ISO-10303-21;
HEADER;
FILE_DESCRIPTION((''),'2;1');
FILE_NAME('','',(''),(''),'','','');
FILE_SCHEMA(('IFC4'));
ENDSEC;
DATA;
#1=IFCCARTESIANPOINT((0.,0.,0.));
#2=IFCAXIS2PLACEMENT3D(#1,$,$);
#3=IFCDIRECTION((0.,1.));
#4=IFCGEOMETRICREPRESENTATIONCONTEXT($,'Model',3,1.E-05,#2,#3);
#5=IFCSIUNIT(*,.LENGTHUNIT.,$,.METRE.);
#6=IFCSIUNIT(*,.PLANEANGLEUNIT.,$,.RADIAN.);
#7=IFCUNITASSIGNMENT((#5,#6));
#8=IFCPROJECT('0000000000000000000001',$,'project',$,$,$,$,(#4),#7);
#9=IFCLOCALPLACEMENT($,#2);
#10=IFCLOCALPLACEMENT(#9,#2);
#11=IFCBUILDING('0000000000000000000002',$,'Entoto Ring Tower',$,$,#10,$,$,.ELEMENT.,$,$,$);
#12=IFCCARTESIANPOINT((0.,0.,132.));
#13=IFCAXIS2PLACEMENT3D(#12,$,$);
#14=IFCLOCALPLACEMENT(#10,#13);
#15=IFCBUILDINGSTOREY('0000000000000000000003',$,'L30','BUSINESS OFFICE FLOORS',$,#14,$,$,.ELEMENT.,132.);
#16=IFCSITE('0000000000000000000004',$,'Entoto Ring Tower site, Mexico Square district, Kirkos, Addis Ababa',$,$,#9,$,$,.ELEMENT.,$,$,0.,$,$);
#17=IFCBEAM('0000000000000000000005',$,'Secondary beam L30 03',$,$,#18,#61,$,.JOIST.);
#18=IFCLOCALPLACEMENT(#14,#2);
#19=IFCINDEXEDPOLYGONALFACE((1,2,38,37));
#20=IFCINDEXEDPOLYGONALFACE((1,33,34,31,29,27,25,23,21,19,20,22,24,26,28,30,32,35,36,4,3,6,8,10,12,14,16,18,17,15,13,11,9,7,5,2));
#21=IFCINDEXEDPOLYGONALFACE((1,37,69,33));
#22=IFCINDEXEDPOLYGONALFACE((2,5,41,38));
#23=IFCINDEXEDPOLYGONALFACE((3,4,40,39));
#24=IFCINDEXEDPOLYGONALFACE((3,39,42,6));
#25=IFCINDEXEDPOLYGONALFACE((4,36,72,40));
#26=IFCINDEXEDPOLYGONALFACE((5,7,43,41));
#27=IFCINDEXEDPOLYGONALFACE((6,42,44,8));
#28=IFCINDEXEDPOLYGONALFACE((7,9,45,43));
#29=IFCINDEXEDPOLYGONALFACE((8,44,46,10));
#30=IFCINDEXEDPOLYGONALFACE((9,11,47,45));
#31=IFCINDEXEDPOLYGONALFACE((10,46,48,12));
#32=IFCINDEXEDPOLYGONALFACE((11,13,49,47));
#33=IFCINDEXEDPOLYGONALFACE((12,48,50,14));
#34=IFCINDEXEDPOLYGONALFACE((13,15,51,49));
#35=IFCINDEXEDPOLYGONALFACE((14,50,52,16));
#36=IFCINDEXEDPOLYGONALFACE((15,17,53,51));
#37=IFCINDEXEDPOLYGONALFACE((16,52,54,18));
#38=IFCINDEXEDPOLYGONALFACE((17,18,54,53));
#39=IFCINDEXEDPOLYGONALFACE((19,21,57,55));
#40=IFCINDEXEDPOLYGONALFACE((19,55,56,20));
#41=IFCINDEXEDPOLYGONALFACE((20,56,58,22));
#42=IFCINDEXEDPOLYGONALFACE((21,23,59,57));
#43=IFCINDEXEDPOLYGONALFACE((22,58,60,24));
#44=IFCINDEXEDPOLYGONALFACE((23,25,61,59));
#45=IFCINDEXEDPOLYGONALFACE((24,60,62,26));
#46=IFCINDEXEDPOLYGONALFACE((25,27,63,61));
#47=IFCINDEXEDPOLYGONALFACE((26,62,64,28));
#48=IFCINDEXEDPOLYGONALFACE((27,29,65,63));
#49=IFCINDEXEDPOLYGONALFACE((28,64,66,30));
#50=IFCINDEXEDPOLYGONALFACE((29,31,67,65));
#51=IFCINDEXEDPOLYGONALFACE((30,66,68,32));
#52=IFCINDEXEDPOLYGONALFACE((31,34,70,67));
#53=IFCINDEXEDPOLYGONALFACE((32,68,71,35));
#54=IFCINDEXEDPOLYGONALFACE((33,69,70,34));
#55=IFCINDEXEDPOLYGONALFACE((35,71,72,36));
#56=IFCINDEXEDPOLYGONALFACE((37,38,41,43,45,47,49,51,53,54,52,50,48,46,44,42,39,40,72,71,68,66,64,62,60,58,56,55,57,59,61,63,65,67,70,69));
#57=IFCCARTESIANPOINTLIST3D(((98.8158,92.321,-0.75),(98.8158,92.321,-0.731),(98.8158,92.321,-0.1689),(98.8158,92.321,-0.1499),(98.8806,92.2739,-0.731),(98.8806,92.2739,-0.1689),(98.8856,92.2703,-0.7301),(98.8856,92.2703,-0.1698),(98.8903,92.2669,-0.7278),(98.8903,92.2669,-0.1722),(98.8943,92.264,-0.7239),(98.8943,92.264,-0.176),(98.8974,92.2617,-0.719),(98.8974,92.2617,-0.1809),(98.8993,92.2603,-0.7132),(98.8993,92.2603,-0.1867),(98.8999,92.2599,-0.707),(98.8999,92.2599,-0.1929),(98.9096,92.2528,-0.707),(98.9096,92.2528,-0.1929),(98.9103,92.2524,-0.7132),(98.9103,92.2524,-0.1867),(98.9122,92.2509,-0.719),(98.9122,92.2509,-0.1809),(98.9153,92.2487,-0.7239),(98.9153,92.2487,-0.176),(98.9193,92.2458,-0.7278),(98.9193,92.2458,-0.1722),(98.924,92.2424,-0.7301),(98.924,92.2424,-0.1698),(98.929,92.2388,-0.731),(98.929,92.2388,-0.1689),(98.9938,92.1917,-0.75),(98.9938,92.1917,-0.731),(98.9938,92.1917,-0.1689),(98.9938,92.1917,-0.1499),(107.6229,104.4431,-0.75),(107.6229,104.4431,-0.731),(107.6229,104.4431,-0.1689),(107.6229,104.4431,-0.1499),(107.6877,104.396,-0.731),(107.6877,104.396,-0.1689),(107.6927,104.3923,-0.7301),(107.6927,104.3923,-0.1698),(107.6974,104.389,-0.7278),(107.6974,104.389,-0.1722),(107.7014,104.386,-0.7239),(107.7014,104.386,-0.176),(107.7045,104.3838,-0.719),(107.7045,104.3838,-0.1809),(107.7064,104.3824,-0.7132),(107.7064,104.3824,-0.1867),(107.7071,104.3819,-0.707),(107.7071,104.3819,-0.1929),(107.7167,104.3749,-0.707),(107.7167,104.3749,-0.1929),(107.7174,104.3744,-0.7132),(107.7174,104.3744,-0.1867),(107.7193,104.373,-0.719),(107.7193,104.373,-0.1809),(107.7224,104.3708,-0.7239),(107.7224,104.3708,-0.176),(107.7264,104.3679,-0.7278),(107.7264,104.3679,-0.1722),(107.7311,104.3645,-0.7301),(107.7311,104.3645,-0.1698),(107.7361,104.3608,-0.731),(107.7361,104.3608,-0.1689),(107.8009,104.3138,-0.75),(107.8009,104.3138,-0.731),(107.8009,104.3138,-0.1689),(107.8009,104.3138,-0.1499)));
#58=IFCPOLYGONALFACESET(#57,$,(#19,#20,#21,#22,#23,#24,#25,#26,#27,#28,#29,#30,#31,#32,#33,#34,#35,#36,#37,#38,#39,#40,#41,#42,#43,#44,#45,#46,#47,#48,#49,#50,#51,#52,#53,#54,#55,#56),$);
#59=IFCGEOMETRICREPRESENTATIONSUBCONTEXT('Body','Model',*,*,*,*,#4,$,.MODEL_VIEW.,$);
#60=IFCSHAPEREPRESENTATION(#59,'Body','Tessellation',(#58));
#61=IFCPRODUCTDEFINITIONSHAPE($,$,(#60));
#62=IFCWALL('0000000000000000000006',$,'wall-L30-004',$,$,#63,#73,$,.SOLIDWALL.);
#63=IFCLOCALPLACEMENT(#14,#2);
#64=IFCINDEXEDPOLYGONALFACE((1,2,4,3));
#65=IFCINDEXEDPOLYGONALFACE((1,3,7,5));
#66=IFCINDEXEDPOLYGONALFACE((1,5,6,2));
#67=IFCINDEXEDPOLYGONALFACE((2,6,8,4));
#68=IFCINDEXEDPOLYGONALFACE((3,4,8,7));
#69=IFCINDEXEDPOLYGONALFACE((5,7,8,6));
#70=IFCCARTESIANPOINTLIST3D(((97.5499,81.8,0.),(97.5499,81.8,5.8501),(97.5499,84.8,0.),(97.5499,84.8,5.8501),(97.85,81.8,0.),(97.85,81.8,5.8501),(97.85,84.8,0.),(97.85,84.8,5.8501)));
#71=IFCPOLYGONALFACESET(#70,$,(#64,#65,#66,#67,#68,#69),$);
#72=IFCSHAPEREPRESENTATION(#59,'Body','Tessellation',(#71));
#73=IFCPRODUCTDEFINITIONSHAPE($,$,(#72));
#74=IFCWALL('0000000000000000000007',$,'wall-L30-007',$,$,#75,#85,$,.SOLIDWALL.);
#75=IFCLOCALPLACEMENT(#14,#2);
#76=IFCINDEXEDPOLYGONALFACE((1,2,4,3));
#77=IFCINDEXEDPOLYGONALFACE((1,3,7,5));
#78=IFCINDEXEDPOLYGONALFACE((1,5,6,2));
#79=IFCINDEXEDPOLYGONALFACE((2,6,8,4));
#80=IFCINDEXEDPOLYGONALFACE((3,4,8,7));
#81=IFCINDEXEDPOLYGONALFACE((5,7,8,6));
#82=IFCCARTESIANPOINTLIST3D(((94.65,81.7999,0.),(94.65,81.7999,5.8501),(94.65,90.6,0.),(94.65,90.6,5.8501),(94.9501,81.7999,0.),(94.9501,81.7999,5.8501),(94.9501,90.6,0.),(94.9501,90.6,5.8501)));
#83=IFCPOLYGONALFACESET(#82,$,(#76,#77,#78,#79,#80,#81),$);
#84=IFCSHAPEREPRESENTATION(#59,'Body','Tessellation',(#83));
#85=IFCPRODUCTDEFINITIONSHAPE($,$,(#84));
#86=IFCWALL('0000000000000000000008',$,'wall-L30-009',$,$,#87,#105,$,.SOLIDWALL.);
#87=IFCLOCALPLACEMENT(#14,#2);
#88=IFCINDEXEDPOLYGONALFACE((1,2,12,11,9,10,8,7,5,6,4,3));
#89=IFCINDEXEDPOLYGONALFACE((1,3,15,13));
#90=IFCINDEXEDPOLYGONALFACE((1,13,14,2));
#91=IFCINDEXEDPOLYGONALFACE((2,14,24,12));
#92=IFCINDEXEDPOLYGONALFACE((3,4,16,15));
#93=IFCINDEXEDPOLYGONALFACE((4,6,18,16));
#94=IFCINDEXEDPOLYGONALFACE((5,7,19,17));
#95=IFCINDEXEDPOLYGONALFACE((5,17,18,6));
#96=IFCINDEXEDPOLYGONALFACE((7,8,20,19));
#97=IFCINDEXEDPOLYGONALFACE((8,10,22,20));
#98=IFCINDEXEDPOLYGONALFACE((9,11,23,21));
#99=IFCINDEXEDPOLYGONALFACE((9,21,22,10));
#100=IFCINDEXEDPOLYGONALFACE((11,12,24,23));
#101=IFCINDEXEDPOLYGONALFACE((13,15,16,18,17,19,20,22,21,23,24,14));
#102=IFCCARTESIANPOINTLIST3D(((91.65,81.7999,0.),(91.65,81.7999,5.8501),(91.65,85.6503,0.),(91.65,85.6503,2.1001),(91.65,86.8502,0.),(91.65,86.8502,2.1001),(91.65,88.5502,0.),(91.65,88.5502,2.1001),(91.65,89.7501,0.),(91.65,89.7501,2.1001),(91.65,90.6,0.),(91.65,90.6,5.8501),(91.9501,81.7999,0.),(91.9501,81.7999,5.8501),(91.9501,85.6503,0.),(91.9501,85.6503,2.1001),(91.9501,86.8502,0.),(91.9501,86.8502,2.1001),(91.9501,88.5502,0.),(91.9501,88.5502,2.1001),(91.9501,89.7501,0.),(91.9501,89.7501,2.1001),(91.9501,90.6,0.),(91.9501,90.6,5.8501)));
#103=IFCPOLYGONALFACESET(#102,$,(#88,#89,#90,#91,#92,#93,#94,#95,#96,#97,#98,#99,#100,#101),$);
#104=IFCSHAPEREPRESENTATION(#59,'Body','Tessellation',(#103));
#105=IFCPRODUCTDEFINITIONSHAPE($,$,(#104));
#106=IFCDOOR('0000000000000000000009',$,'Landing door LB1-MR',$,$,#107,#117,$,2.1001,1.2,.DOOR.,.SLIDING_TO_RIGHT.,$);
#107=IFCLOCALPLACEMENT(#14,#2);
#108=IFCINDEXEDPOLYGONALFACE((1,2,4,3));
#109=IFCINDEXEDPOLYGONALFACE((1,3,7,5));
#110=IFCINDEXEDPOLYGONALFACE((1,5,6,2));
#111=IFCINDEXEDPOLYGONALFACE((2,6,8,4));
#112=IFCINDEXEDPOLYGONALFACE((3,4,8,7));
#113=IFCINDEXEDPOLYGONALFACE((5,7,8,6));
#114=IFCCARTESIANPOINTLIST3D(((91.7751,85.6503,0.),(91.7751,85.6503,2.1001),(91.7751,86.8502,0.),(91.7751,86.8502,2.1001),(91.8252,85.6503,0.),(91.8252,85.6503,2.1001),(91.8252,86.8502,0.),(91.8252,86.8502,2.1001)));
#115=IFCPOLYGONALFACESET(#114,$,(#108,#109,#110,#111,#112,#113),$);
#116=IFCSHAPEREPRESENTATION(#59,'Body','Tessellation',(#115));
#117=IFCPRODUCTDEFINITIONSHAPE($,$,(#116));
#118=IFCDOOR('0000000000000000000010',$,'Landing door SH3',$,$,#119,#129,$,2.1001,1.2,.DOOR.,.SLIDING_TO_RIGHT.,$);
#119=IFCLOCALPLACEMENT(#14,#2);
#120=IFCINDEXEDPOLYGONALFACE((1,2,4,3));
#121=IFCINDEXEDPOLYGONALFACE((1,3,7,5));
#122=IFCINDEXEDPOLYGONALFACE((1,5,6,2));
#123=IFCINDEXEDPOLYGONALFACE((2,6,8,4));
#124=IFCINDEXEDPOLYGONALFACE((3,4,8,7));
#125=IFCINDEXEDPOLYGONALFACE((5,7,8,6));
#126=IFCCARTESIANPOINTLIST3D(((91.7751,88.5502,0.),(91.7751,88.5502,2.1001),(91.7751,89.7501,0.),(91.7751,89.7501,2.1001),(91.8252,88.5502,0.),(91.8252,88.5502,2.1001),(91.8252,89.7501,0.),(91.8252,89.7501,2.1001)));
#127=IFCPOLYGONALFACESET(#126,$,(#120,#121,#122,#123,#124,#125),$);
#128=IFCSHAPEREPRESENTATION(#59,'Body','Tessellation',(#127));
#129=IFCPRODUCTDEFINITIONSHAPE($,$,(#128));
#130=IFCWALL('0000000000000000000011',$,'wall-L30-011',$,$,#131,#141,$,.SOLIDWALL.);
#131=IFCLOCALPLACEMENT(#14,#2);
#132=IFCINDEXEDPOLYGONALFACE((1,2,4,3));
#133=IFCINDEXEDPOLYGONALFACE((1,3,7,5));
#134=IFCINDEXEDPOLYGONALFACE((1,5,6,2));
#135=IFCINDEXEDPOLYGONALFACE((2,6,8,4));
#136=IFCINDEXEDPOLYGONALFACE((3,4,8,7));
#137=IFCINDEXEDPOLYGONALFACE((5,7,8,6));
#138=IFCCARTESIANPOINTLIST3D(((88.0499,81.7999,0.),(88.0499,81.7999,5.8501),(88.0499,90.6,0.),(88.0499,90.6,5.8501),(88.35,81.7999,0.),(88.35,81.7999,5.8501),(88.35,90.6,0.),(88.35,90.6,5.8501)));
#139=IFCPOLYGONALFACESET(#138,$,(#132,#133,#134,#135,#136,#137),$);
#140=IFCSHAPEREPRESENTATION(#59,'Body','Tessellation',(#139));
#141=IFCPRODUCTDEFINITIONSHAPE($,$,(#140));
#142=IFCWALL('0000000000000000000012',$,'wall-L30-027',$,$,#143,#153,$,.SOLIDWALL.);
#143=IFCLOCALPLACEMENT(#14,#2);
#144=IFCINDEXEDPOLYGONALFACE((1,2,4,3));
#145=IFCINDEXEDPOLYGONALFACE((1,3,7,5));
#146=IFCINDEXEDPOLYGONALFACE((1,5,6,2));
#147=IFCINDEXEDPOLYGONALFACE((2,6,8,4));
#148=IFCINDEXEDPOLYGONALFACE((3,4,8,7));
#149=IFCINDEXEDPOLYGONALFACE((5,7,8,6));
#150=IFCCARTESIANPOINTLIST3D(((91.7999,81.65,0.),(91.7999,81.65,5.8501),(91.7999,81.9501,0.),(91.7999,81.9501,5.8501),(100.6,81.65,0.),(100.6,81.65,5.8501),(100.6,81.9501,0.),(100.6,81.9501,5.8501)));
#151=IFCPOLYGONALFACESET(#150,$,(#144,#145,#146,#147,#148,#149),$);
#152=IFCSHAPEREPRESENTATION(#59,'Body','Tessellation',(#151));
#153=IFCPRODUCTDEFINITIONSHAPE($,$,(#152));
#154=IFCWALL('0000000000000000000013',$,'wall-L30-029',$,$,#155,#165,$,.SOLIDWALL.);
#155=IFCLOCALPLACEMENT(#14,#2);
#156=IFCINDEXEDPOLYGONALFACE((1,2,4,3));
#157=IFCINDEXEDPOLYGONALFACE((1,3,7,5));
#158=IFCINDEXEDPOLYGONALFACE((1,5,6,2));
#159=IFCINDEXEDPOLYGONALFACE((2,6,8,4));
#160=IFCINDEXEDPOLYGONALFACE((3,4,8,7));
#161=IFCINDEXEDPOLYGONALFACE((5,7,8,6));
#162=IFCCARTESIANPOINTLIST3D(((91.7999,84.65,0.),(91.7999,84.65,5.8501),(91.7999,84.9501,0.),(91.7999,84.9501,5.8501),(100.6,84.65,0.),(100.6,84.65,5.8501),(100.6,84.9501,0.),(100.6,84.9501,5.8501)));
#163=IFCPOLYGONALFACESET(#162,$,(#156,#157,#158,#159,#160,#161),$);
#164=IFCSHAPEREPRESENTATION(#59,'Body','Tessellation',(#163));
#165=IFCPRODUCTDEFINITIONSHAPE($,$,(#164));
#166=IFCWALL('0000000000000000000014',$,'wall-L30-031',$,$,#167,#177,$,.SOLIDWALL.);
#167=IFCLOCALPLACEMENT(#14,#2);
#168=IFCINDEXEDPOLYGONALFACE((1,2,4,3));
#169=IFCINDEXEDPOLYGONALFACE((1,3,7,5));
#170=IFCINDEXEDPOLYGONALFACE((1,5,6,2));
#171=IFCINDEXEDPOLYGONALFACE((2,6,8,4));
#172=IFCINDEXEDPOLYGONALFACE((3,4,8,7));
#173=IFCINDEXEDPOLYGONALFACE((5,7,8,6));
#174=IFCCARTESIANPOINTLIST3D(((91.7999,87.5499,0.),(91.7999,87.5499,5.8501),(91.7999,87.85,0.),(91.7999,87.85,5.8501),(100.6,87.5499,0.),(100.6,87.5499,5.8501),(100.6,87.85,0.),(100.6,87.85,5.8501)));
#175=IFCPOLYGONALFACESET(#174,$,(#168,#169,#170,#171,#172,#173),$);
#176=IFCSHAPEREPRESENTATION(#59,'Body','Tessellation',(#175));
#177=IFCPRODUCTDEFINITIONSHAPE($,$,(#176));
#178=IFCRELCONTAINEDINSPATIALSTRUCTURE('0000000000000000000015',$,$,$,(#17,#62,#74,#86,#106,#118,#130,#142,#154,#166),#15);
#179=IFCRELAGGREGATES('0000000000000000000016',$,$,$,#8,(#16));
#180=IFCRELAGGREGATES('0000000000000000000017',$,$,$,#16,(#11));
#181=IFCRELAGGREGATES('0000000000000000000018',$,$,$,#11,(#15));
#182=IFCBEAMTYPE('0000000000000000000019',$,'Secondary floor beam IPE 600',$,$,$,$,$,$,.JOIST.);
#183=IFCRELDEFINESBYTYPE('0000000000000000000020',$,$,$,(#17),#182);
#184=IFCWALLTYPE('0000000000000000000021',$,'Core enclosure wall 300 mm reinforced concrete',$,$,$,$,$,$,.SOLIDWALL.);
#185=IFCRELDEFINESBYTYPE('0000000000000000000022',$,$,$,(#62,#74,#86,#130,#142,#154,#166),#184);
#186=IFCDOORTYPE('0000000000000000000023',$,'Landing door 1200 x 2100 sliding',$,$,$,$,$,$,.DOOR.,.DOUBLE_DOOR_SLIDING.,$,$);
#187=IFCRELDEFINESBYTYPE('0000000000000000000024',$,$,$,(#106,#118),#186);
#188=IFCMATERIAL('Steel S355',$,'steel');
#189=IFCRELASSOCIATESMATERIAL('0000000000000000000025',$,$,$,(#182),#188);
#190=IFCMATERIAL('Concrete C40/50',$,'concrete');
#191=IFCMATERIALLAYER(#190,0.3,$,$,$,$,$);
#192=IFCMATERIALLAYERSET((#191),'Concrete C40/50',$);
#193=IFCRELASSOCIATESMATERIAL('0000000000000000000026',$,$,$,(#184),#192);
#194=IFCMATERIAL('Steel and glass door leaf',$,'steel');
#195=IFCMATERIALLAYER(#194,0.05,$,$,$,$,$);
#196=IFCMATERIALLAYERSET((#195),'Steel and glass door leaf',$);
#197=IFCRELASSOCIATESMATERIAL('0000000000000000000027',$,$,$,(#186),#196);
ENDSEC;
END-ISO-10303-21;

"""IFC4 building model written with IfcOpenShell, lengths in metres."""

from ifc_helpers import new_model, si_unit, direction, frame, frame_2d, origin, origin_2d, place, context, subcontext, project, spatial, rectangle, i_section, extrude, material, layer, layer_set, material_profile, profile_set, type_object, element, fill, save


model = new_model("IFC4")

# Units and contexts
model_context = context("Model", 3, precision=1e-05, world=origin(), true_north=direction((0.0, 1.0)))
body_context = subcontext(model_context, "Body", "Model", "MODEL_VIEW")
ifc_project = project(units=[si_unit("LENGTHUNIT", "METRE"), si_unit("PLANEANGLEUNIT", "RADIAN")], contexts=[model_context])

# Site, building, storey
site_placement = place(None, origin())
site = spatial("IfcSite", under=ifc_project, at=site_placement, Name="Entoto Ring Tower site, Mexico Square district, Kirkos, Addis Ababa", CompositionType="ELEMENT", RefElevation=0.0)
building_placement = place(site_placement, origin())
building = spatial("IfcBuilding", under=site, at=building_placement, Name="Entoto Ring Tower", CompositionType="ELEMENT")
storey_placement = place(building_placement, frame((0.0, 0.0, 132.0)))
storey = spatial("IfcBuildingStorey", under=building, at=storey_placement, Name="L30", Description="BUSINESS OFFICE FLOORS", CompositionType="ELEMENT", Elevation=132.0)

# Beam
ifc_material_1 = material(Name="Steel S355", Category="steel")
ifc_material_profile = material_profile(ifc_material_1, i_section(OverallWidth=0.22, OverallDepth=0.6001, WebThickness=0.012, FlangeThickness=0.019, FilletRadius=0.0239, at=origin_2d()), Name="IPE 600")
ifc_profile_set = profile_set([ifc_material_profile], Name="Steel S355")
beam_type = type_object("IfcBeamType", Name="Secondary floor beam IPE 600", PredefinedType="JOIST", material=ifc_profile_set)
beam_placement = place(storey_placement, frame((98.9048, 92.2563, -0.45), z_axis=(0.587782, 0.809019, 0.0), x_axis=(-0.809019, 0.587782, 0.0)))
element("IfcBeam", 1, at=beam_placement, inside=storey, type_object=beam_type, Name="Secondary beam L30 03", PredefinedType="JOIST", context=body_context, shape_type="SweptSolid", body=[
    extrude(i_section(OverallWidth=0.22, OverallDepth=0.6001, WebThickness=0.012, FlangeThickness=0.019, FilletRadius=0.0239, at=origin_2d()), origin(), (0.0, 0.0, 1.0), 14.9836),
])

# Walls
ifc_material_2 = material(Name="Concrete C40/50", Category="concrete")
ifc_layer_1 = layer(ifc_material_2, 0.3)
ifc_layer_set_1 = layer_set([ifc_layer_1], Name="Concrete C40/50")
wall_type = type_object("IfcWallType", Name="Core enclosure wall 300 mm reinforced concrete", PredefinedType="SOLIDWALL", material=ifc_layer_set_1)
wall_1_placement = place(storey_placement, frame((97.7, 81.8, 0.0), z_axis=(0.0, 0.0, 1.0), x_axis=(0.0, 1.0, 0.0)))
element("IfcWall", 2, at=wall_1_placement, inside=storey, type_object=wall_type, Name="wall-L30-004", PredefinedType="SOLIDWALL", context=body_context, shape_type="SweptSolid", body=[
    extrude(rectangle(XDim=3.0, YDim=0.3, at=frame_2d((1.5, 0.0))), origin(), (0.0, 0.0, 1.0), 5.8501),
])
wall_2_placement = place(storey_placement, frame((94.8, 81.8, 0.0), z_axis=(0.0, 0.0, 1.0), x_axis=(0.0, 1.0, 0.0)))
element("IfcWall", 3, at=wall_2_placement, inside=storey, type_object=wall_type, Name="wall-L30-007", PredefinedType="SOLIDWALL", context=body_context, shape_type="SweptSolid", body=[
    extrude(rectangle(XDim=8.8, YDim=0.3, at=frame_2d((4.3999, 0.0))), origin(), (0.0, 0.0, 1.0), 5.8501),
])

# Wall, openings, doors
wall_3_placement = place(storey_placement, frame((91.8, 81.8, 0.0), z_axis=(0.0, 0.0, 1.0), x_axis=(0.0, 1.0, 0.0)))
wall_3 = element("IfcWall", 4, at=wall_3_placement, inside=storey, type_object=wall_type, Name="wall-L30-009", PredefinedType="SOLIDWALL", context=body_context, shape_type="SweptSolid", body=[
    extrude(rectangle(XDim=8.8, YDim=0.3, at=frame_2d((4.3999, 0.0))), origin(), (0.0, 0.0, 1.0), 5.8501),
])
opening_1_placement = place(wall_3_placement, frame((3.8501, 0.0, 0.0)))
opening_1 = element("IfcOpeningElement", 5, at=opening_1_placement, cuts=wall_3, PredefinedType="OPENING", context=body_context, shape_type="SweptSolid", body=[
    extrude(rectangle(XDim=1.2, YDim=2.1001, at=frame_2d((0.6001, 1.05))), frame((0.0, 0.1602, 0.0), z_axis=(0.0, -1.0, 0.0), x_axis=(1.0, 0.0, 0.0)), (0.0, 0.0, 1.0), 0.3201),
])
opening_2_placement = place(wall_3_placement, frame((6.75, 0.0, 0.0)))
opening_2 = element("IfcOpeningElement", 6, at=opening_2_placement, cuts=wall_3, PredefinedType="OPENING", context=body_context, shape_type="SweptSolid", body=[
    extrude(rectangle(XDim=1.2, YDim=2.1001, at=frame_2d((0.6001, 1.05))), frame((0.0, 0.1602, 0.0), z_axis=(0.0, -1.0, 0.0), x_axis=(1.0, 0.0, 0.0)), (0.0, 0.0, 1.0), 0.3201),
])
ifc_material_3 = material(Name="Steel and glass door leaf", Category="steel")
ifc_layer_2 = layer(ifc_material_3, 0.05)
ifc_layer_set_2 = layer_set([ifc_layer_2], Name="Steel and glass door leaf")
door_type_1 = type_object("IfcDoorType", Name="Landing door 1200 x 2100 sliding", OperationType="DOUBLE_DOOR_SLIDING", PredefinedType="DOOR", material=ifc_layer_set_2)
door_1_placement = place(opening_1_placement, origin())
door_1 = element("IfcDoor", 7, at=door_1_placement, inside=storey, type_object=door_type_1, Name="Landing door LB1-MR", OperationType="SLIDING_TO_RIGHT", OverallHeight=2.1001, OverallWidth=1.2, PredefinedType="DOOR", context=body_context, shape_type="SweptSolid", body=[
    extrude(rectangle(XDim=1.2, YDim=2.1001, at=frame_2d((0.6001, 1.05))), frame((0.0, 0.0249, 0.0), z_axis=(0.0, -1.0, 0.0), x_axis=(1.0, 0.0, 0.0)), (0.0, 0.0, 1.0), 0.05),
])
fill(opening_1, door_1)
door_2_placement = place(opening_2_placement, origin())
door_2 = element("IfcDoor", 8, at=door_2_placement, inside=storey, type_object=door_type_1, Name="Landing door SH3", OperationType="SLIDING_TO_RIGHT", OverallHeight=2.1001, OverallWidth=1.2, PredefinedType="DOOR", context=body_context, shape_type="SweptSolid", body=[
    extrude(rectangle(XDim=1.2, YDim=2.1001, at=frame_2d((0.6001, 1.05))), frame((0.0, 0.0249, 0.0), z_axis=(0.0, -1.0, 0.0), x_axis=(1.0, 0.0, 0.0)), (0.0, 0.0, 1.0), 0.05),
])
fill(opening_2, door_2)

# Walls
for number, where, z_axis, x_axis, name in (
    (9, (88.2, 81.8, 0.0), (0.0, 0.0, 1.0), (0.0, 1.0, 0.0), "wall-L30-011"),
    (10, (91.8, 81.8, 0.0), (0.0, 0.0, 1.0), (1.0, 0.0, 0.0), "wall-L30-027"),
    (11, (91.8, 84.8, 0.0), (0.0, 0.0, 1.0), (1.0, 0.0, 0.0), "wall-L30-029"),
    (12, (91.8, 87.7, 0.0), (0.0, 0.0, 1.0), (1.0, 0.0, 0.0), "wall-L30-031"),
):
    element("IfcWall", number, at=place(storey_placement, frame(where, z_axis=z_axis, x_axis=x_axis)), inside=storey, type_object=wall_type, Name=name, PredefinedType="SOLIDWALL", context=body_context, shape_type="SweptSolid", body=[
        extrude(rectangle(XDim=8.8, YDim=0.3, at=frame_2d((4.3999, 0.0))), origin(), (0.0, 0.0, 1.0), 5.8501),
    ])

save(model, "model.ifc")
